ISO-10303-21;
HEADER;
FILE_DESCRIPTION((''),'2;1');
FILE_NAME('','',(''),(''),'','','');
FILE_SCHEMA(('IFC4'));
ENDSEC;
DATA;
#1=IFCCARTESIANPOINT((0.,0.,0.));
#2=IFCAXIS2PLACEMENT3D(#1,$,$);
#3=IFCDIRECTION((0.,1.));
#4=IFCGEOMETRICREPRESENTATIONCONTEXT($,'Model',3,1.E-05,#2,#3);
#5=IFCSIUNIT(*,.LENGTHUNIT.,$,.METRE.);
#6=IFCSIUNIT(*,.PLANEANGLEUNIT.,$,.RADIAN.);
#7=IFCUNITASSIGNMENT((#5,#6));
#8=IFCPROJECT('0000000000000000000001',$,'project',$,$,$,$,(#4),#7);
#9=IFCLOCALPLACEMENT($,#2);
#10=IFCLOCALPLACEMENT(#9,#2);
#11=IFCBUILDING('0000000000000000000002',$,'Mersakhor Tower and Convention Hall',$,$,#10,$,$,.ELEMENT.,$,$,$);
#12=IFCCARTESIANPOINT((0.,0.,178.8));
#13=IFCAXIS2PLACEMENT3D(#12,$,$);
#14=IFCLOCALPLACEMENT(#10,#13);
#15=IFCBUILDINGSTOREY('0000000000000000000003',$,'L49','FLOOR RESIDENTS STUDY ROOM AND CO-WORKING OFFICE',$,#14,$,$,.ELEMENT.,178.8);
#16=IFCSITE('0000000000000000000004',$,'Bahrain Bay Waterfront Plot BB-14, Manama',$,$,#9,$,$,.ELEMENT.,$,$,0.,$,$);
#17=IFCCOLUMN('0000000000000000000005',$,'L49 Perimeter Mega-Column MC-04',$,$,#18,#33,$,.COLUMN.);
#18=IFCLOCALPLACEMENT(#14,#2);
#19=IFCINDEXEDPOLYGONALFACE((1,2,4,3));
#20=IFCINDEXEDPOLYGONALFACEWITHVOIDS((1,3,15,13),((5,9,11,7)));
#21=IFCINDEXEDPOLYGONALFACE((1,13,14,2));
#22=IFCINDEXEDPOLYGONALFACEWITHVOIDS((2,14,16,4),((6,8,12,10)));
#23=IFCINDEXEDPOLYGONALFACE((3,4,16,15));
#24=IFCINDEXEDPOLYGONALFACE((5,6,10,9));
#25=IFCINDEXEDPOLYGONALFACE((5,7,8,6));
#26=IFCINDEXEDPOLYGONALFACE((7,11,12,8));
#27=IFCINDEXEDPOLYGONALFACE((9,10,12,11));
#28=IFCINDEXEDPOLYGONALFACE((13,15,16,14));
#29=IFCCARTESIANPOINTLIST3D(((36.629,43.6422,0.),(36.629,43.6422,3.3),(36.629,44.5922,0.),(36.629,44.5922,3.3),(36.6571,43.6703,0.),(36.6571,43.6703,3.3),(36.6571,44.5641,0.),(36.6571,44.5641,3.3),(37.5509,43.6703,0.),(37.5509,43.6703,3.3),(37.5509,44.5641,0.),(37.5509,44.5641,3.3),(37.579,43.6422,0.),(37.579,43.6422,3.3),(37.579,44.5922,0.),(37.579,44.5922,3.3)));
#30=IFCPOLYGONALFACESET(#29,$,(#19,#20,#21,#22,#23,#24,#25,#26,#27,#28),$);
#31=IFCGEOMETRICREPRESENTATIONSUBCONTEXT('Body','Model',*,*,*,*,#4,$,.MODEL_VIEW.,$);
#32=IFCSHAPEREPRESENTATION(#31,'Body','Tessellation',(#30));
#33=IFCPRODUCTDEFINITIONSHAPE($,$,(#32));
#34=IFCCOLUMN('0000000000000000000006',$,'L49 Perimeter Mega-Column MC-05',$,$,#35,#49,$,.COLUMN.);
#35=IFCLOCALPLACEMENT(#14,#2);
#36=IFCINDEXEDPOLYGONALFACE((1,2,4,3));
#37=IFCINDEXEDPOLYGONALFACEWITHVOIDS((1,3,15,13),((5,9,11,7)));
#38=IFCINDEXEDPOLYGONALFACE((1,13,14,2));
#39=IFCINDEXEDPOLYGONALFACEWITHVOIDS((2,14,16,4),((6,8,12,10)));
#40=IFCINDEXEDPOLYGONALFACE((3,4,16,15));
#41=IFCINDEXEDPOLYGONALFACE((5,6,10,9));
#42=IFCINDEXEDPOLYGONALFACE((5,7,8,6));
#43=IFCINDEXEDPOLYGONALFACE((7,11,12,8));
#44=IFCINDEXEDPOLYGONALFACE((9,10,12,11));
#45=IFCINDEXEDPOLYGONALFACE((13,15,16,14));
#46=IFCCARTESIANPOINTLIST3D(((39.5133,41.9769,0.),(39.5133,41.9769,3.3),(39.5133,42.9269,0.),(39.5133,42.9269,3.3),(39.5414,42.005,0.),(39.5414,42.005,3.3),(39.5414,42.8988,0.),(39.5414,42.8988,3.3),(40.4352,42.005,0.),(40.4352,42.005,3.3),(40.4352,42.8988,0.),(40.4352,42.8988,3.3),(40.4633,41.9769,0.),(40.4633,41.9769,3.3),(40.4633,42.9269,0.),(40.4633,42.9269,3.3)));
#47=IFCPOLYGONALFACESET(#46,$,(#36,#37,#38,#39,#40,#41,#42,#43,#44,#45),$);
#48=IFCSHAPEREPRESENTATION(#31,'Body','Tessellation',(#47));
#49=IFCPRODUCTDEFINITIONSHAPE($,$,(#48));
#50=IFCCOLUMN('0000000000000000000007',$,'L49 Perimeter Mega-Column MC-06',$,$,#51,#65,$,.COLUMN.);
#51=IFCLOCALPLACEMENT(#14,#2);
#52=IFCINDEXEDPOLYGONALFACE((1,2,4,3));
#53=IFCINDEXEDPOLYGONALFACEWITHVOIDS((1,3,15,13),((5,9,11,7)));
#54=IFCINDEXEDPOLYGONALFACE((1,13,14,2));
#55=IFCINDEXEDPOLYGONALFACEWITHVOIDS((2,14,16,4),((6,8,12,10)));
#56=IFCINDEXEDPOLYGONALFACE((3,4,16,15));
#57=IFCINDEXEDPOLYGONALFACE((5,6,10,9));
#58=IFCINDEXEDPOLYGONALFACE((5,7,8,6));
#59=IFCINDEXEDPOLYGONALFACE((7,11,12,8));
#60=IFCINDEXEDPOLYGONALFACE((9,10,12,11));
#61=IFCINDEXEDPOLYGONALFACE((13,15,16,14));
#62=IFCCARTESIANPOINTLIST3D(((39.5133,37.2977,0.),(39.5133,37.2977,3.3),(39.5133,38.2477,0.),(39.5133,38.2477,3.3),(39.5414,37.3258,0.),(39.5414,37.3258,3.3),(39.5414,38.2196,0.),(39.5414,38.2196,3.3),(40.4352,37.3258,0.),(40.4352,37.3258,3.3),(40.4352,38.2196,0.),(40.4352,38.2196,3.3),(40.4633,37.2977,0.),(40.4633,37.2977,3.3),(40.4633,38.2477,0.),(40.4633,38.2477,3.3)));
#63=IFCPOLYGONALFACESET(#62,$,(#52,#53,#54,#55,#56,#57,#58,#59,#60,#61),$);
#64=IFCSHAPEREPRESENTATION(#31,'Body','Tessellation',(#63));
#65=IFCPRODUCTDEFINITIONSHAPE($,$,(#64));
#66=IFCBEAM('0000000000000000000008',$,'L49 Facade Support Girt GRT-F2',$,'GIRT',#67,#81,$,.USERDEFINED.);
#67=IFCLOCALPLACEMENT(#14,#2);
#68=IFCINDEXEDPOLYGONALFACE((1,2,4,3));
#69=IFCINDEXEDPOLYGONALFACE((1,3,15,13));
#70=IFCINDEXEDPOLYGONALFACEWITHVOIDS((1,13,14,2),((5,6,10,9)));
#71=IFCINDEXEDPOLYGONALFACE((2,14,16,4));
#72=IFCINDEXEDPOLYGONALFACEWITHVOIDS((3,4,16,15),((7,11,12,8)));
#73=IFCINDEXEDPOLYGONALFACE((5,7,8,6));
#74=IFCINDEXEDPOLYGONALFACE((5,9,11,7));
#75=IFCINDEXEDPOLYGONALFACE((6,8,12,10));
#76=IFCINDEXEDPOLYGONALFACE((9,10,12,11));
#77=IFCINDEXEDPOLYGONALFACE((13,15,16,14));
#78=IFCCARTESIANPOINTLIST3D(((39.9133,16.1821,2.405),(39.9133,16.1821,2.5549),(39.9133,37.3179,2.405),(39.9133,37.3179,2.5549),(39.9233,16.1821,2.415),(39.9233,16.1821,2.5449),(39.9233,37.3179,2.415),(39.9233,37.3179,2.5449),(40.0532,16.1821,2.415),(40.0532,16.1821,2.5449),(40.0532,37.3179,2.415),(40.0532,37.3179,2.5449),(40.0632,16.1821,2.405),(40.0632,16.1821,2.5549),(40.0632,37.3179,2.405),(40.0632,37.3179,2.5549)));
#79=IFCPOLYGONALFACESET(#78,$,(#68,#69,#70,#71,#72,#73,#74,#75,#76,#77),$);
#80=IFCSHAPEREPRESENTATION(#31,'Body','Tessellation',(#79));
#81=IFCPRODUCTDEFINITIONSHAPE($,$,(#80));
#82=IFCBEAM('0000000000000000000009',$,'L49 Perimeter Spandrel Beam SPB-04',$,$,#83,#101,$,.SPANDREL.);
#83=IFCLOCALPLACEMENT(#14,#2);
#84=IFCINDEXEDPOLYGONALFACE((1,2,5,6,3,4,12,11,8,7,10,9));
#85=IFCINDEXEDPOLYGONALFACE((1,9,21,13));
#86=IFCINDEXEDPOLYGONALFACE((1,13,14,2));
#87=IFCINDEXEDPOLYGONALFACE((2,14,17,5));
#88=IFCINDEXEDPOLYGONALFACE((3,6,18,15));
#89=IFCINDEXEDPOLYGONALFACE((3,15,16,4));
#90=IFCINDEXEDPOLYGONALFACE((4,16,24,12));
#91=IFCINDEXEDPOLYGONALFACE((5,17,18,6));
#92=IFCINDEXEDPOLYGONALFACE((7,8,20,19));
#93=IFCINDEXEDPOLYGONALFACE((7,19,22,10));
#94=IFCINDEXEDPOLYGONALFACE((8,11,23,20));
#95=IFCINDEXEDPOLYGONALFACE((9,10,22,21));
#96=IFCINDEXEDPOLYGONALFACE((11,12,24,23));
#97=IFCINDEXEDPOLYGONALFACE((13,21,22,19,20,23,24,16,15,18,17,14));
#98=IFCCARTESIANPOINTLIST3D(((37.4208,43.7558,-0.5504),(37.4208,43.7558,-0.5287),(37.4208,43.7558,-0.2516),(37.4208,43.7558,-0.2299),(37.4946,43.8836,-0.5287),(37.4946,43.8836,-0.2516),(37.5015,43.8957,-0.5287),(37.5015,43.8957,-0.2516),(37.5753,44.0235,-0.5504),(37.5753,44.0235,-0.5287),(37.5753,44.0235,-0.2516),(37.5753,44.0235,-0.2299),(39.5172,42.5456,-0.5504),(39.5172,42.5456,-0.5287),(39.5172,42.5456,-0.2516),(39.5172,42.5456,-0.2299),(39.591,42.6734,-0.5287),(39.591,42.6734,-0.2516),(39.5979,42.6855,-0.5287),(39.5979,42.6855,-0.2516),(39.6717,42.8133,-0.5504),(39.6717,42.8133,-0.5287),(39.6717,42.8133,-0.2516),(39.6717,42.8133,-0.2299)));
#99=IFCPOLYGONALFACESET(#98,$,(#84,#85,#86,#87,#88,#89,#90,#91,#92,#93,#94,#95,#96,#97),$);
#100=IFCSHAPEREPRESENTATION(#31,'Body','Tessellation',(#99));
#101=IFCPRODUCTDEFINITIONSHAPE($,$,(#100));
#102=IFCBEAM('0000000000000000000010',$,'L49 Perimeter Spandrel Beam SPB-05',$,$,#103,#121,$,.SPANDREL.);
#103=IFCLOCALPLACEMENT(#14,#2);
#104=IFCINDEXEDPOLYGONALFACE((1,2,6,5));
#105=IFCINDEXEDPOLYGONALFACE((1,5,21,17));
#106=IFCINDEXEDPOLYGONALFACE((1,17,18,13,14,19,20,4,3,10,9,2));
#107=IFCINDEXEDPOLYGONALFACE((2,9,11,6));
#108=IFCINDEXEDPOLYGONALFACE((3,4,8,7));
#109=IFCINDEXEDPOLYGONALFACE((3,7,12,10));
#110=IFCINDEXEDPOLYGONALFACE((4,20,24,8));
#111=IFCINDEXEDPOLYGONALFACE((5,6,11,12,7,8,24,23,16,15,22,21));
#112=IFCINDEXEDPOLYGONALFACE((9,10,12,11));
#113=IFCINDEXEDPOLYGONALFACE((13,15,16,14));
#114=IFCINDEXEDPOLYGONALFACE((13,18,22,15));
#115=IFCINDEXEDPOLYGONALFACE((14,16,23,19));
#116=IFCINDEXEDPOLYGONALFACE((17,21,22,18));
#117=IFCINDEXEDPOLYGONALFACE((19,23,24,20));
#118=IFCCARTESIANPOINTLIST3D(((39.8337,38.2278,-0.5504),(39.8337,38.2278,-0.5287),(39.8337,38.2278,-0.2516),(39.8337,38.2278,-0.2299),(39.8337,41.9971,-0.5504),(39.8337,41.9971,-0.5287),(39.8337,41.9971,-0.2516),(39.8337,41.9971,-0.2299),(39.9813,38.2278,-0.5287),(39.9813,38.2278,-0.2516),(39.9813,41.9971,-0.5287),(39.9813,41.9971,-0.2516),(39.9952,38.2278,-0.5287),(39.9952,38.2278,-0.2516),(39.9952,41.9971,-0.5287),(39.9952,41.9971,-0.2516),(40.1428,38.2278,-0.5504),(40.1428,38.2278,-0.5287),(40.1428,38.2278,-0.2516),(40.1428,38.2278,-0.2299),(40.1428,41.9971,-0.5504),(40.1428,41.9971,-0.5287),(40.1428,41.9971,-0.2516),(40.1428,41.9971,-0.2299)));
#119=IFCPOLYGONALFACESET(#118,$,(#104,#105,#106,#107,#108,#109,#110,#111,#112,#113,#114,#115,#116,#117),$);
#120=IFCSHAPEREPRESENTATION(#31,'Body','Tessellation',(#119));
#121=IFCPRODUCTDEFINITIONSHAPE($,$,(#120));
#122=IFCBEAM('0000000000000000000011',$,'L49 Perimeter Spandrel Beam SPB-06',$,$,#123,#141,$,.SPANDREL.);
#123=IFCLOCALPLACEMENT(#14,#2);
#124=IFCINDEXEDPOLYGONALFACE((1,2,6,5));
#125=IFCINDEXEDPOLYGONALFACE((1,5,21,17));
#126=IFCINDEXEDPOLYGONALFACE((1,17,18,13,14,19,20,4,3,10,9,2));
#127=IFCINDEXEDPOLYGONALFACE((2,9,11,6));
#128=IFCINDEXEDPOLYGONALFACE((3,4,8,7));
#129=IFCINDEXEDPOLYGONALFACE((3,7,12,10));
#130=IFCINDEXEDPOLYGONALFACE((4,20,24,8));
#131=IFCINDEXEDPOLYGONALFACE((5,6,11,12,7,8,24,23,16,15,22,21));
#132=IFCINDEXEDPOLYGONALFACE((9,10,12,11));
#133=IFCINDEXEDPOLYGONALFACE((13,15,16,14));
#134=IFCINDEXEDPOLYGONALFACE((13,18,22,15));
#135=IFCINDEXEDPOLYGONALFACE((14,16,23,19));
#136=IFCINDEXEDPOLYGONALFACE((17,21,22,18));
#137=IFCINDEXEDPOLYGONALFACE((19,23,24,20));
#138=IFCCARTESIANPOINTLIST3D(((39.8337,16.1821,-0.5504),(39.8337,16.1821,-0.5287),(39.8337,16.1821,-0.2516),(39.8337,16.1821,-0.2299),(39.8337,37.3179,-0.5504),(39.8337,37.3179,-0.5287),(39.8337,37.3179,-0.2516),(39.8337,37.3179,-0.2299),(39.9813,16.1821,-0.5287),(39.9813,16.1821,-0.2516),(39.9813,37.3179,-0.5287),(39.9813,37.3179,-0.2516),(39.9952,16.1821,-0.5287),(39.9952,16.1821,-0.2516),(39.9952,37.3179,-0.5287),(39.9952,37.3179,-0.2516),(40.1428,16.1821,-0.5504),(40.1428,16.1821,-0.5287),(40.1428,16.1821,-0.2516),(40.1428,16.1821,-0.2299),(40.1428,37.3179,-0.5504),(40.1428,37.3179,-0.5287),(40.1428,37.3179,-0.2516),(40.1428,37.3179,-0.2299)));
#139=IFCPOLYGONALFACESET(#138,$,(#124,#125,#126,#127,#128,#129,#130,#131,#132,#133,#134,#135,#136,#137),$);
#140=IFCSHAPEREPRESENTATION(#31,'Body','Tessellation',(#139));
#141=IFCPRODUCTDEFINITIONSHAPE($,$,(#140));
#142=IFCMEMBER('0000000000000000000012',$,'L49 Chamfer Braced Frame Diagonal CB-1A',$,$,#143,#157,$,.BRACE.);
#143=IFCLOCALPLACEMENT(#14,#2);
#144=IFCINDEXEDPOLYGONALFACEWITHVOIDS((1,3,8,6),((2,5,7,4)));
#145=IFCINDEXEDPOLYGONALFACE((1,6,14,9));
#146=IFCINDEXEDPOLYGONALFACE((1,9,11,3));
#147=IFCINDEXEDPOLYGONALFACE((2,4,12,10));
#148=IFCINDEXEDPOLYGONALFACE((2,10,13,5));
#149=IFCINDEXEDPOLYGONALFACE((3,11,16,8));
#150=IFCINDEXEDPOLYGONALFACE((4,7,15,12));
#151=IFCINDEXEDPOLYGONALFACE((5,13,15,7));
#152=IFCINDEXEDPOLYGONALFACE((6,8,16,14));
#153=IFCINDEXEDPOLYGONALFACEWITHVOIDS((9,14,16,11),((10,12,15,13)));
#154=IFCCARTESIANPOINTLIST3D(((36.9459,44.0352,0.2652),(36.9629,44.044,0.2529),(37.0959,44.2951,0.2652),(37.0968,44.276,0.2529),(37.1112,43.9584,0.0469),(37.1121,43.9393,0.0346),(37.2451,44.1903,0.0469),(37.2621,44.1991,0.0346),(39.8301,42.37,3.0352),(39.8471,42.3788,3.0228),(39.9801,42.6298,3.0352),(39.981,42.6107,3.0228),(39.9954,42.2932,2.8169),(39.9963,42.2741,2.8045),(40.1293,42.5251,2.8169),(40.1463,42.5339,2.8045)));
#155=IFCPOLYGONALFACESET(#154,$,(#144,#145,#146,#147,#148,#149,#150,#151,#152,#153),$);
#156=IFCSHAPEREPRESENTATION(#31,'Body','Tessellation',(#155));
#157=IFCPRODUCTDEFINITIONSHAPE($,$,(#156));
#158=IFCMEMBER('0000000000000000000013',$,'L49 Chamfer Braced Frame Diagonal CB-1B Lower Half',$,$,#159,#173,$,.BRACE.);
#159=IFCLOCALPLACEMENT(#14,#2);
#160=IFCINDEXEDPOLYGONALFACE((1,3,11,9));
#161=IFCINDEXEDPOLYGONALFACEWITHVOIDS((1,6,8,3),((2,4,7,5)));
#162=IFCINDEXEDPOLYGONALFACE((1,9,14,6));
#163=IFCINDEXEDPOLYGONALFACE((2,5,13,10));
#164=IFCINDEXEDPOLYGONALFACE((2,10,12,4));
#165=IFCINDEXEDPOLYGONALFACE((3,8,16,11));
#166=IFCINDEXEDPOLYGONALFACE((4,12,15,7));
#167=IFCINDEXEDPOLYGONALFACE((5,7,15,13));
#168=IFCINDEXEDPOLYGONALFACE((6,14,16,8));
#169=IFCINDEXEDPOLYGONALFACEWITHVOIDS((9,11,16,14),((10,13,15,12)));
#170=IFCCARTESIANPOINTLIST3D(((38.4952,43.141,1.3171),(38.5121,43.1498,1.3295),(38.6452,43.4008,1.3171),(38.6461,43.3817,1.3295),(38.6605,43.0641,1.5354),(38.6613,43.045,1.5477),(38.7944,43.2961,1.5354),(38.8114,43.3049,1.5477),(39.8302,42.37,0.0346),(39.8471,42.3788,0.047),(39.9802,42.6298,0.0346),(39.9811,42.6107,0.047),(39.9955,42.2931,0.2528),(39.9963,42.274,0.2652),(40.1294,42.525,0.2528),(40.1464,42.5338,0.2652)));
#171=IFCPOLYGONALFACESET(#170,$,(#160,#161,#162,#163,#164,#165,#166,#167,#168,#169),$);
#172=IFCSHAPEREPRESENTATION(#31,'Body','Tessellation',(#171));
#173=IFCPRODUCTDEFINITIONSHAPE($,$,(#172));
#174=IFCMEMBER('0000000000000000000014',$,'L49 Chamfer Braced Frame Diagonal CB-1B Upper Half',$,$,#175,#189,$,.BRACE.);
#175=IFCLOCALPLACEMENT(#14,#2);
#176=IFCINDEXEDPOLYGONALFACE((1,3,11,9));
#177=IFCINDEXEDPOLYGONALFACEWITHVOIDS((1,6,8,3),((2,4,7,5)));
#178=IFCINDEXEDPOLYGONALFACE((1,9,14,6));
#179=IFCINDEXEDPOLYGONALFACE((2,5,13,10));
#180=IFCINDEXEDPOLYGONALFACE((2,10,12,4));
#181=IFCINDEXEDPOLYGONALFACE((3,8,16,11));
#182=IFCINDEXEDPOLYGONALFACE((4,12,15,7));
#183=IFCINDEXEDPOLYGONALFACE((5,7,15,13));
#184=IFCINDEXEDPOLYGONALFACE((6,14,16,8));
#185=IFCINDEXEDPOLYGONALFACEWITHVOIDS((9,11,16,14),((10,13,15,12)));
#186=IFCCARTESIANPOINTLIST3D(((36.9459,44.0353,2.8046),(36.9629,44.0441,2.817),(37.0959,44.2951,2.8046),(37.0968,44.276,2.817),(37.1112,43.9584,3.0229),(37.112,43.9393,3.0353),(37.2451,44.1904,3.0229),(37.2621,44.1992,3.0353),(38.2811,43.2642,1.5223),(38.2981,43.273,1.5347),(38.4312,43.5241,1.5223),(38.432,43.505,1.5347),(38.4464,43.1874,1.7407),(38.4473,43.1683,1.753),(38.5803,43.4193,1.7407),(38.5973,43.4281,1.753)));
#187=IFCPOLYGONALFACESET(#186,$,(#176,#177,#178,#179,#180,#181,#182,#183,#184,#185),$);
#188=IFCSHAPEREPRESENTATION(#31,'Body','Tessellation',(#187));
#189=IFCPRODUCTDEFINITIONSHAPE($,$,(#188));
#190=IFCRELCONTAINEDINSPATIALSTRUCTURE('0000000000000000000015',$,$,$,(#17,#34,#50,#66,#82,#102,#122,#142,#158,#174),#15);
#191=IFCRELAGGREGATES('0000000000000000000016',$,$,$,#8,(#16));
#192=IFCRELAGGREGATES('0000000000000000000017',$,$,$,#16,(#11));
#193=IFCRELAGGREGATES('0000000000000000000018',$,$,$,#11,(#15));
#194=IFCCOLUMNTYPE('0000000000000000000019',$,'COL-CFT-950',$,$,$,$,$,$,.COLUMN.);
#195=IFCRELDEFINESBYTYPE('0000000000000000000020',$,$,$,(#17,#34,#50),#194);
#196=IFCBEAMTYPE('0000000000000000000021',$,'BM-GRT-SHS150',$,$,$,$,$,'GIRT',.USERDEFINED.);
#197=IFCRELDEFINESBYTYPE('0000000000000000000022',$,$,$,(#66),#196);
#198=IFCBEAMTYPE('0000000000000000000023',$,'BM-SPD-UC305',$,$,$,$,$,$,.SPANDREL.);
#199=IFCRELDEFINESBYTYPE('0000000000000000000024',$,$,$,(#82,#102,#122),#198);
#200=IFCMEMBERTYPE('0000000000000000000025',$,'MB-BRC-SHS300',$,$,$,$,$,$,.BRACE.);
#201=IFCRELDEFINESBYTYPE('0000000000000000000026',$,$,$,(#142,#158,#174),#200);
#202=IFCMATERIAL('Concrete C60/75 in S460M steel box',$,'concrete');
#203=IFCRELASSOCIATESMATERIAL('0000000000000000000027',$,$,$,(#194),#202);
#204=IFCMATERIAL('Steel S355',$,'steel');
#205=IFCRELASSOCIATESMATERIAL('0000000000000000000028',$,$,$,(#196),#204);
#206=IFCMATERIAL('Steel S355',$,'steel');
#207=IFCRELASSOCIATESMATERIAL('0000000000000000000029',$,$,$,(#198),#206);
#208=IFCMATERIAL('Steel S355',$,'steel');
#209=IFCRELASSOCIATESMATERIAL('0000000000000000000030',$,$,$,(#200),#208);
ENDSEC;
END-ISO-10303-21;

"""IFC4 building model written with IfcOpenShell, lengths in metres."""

from ifc_helpers import new_model, si_unit, direction, frame, origin, origin_2d, place, context, subcontext, project, spatial, hollow_rectangle, i_section, extrude, material, material_profile, profile_set, type_object, element, save


model = new_model("IFC4")

# Units and contexts
model_context = context("Model", 3, precision=1e-05, world=origin(), true_north=direction((0.0, 1.0)))
body_context = subcontext(model_context, "Body", "Model", "MODEL_VIEW")
ifc_project = project(units=[si_unit("LENGTHUNIT", "METRE"), si_unit("PLANEANGLEUNIT", "RADIAN")], contexts=[model_context])

# Site, building, storey
site_placement = place(None, origin())
site = spatial("IfcSite", under=ifc_project, at=site_placement, Name="Bahrain Bay Waterfront Plot BB-14, Manama", CompositionType="ELEMENT", RefElevation=0.0)
building_placement = place(site_placement, origin())
building = spatial("IfcBuilding", under=site, at=building_placement, Name="Mersakhor Tower and Convention Hall", CompositionType="ELEMENT")
storey_placement = place(building_placement, frame((0.0, 0.0, 178.8)))
storey = spatial("IfcBuildingStorey", under=building, at=storey_placement, Name="L49", Description="FLOOR RESIDENTS STUDY ROOM AND CO-WORKING OFFICE", CompositionType="ELEMENT", Elevation=178.8)

# Columns
ifc_material_1 = material(Name="Concrete C60/75 in S460M steel box", Category="concrete")
ifc_material_profile_1 = material_profile(ifc_material_1, hollow_rectangle(XDim=0.95, YDim=0.95, WallThickness=0.0281, at=origin_2d()), Name="SHS 950x950x28")
ifc_profile_set_1 = profile_set([ifc_material_profile_1], Name="Concrete C60/75 in S460M steel box")
column_type = type_object("IfcColumnType", Name="COL-CFT-950", PredefinedType="COLUMN", material=ifc_profile_set_1)
for number, where, z_axis, x_axis, name in (
    (1, (37.104, 44.1172, 0.0), (0.0, 0.0, 1.0), (1.0, 0.0, 0.0), "L49 Perimeter Mega-Column MC-04"),
    (2, (39.9883, 42.4519, 0.0), (0.0, 0.0, 1.0), (1.0, 0.0, 0.0), "L49 Perimeter Mega-Column MC-05"),
    (3, (39.9883, 37.7727, 0.0), (0.0, 0.0, 1.0), (1.0, 0.0, 0.0), "L49 Perimeter Mega-Column MC-06"),
):
    element("IfcColumn", number, at=place(storey_placement, frame(where, z_axis=z_axis, x_axis=x_axis)), inside=storey, type_object=column_type, Name=name, PredefinedType="COLUMN", context=body_context, shape_type="SweptSolid", body=[
        extrude(hollow_rectangle(XDim=0.95, YDim=0.95, WallThickness=0.0281, at=origin_2d()), origin(), (0.0, 0.0, 1.0), 3.3),
    ])

# Beams
ifc_material_2 = material(Name="Steel S355", Category="steel")
ifc_material_profile_2 = material_profile(ifc_material_2, hollow_rectangle(XDim=0.1499, YDim=0.1499, WallThickness=0.01, at=origin_2d()), Name="SHS 150x150x10")
ifc_profile_set_2 = profile_set([ifc_material_profile_2], Name="Steel S355")
beam_type_1 = type_object("IfcBeamType", Name="BM-GRT-SHS150", ElementType="GIRT", PredefinedType="USERDEFINED", material=ifc_profile_set_2)
beam_1_placement = place(storey_placement, frame((39.9883, 37.3179, 2.48), z_axis=(0.0, -1.0, 0.0), x_axis=(1.0, 0.0, 0.0)))
element("IfcBeam", 4, at=beam_1_placement, inside=storey, type_object=beam_type_1, Name="L49 Facade Support Girt GRT-F2", ObjectType="GIRT", PredefinedType="USERDEFINED", context=body_context, shape_type="SweptSolid", body=[
    extrude(hollow_rectangle(XDim=0.1499, YDim=0.1499, WallThickness=0.01, at=origin_2d()), origin(), (0.0, 0.0, 1.0), 21.1357),
])
ifc_material_3 = material(Name="Steel S355", Category="steel")
ifc_material_profile_3 = material_profile(ifc_material_3, i_section(OverallWidth=0.3091, OverallDepth=0.3206, WebThickness=0.0139, FlangeThickness=0.0217, at=origin_2d()), Name="UC 305x305x137")
ifc_profile_set_3 = profile_set([ifc_material_profile_3], Name="Steel S355")
beam_type_2 = type_object("IfcBeamType", Name="BM-SPD-UC305", PredefinedType="SPANDREL", material=ifc_profile_set_3)
beam_2_placement = place(storey_placement, frame((37.498, 43.8896, -0.3901), z_axis=(0.866056, -0.499947, 0.0), x_axis=(0.499947, 0.866056, 0.0)))
element("IfcBeam", 5, at=beam_2_placement, inside=storey, type_object=beam_type_2, Name="L49 Perimeter Spandrel Beam SPB-04", PredefinedType="SPANDREL", context=body_context, shape_type="SweptSolid", body=[
    extrude(i_section(OverallWidth=0.3091, OverallDepth=0.3206, WebThickness=0.0139, FlangeThickness=0.0217, at=origin_2d()), origin(), (0.0, 0.0, 1.0), 2.4207),
])
beam_3_placement = place(storey_placement, frame((39.9883, 41.9971, -0.3901), z_axis=(0.0, -1.0, 0.0), x_axis=(1.0, 0.0, 0.0)))
element("IfcBeam", 6, at=beam_3_placement, inside=storey, type_object=beam_type_2, Name="L49 Perimeter Spandrel Beam SPB-05", PredefinedType="SPANDREL", context=body_context, shape_type="SweptSolid", body=[
    extrude(i_section(OverallWidth=0.3091, OverallDepth=0.3206, WebThickness=0.0139, FlangeThickness=0.0217, at=origin_2d()), origin(), (0.0, 0.0, 1.0), 3.7693),
])
beam_4_placement = place(storey_placement, frame((39.9883, 37.3179, -0.3901), z_axis=(0.0, -1.0, 0.0), x_axis=(1.0, 0.0, 0.0)))
element("IfcBeam", 7, at=beam_4_placement, inside=storey, type_object=beam_type_2, Name="L49 Perimeter Spandrel Beam SPB-06", PredefinedType="SPANDREL", context=body_context, shape_type="SweptSolid", body=[
    extrude(i_section(OverallWidth=0.3091, OverallDepth=0.3206, WebThickness=0.0139, FlangeThickness=0.0217, at=origin_2d()), origin(), (0.0, 0.0, 1.0), 21.1357),
])

# Members
ifc_material_4 = material(Name="Steel S355", Category="steel")
ifc_material_profile_4 = material_profile(ifc_material_4, hollow_rectangle(XDim=0.3, YDim=0.3, WallThickness=0.0161, at=origin_2d()), Name="SHS 300x300x16")
ifc_profile_set_4 = profile_set([ifc_material_profile_4], Name="Steel S355")
member_type = type_object("IfcMemberType", Name="MB-BRC-SHS300", PredefinedType="BRACE", material=ifc_profile_set_4)
member_placement = place(storey_placement, frame((37.104, 44.1172, 0.1499), z_axis=(0.665825, -0.384425, 0.639449), x_axis=(0.50001, 0.86602, 0.0)))
element("IfcMember", 8, at=member_placement, inside=storey, type_object=member_type, Name="L49 Chamfer Braced Frame Diagonal CB-1A", PredefinedType="BRACE", context=body_context, shape_type="SweptSolid", body=[
    extrude(hollow_rectangle(XDim=0.3, YDim=0.3, WallThickness=0.0161, at=origin_2d()), origin(), (0.0, 0.0, 1.0), 4.3318),
])
for number, where, z_axis, x_axis, name in (
    (9, (39.9883, 42.4519, 0.1499), (-0.665711, 0.384476, 0.639536), (-0.500125, -0.865953, 0.0), "L49 Chamfer Braced Frame Diagonal CB-1B Lower Half"),
    (10, (38.4392, 43.3462, 1.6377), (-0.665831, 0.384475, 0.639412), (-0.500056, -0.865993, 0.0), "L49 Chamfer Braced Frame Diagonal CB-1B Upper Half"),
):
    element("IfcMember", number, at=place(storey_placement, frame(where, z_axis=z_axis, x_axis=x_axis)), inside=storey, type_object=member_type, Name=name, PredefinedType="BRACE", context=body_context, shape_type="SweptSolid", body=[
        extrude(hollow_rectangle(XDim=0.3, YDim=0.3, WallThickness=0.0161, at=origin_2d()), origin(), (0.0, 0.0, 1.0), 2.0054),
    ])

save(model, "model.ifc")
